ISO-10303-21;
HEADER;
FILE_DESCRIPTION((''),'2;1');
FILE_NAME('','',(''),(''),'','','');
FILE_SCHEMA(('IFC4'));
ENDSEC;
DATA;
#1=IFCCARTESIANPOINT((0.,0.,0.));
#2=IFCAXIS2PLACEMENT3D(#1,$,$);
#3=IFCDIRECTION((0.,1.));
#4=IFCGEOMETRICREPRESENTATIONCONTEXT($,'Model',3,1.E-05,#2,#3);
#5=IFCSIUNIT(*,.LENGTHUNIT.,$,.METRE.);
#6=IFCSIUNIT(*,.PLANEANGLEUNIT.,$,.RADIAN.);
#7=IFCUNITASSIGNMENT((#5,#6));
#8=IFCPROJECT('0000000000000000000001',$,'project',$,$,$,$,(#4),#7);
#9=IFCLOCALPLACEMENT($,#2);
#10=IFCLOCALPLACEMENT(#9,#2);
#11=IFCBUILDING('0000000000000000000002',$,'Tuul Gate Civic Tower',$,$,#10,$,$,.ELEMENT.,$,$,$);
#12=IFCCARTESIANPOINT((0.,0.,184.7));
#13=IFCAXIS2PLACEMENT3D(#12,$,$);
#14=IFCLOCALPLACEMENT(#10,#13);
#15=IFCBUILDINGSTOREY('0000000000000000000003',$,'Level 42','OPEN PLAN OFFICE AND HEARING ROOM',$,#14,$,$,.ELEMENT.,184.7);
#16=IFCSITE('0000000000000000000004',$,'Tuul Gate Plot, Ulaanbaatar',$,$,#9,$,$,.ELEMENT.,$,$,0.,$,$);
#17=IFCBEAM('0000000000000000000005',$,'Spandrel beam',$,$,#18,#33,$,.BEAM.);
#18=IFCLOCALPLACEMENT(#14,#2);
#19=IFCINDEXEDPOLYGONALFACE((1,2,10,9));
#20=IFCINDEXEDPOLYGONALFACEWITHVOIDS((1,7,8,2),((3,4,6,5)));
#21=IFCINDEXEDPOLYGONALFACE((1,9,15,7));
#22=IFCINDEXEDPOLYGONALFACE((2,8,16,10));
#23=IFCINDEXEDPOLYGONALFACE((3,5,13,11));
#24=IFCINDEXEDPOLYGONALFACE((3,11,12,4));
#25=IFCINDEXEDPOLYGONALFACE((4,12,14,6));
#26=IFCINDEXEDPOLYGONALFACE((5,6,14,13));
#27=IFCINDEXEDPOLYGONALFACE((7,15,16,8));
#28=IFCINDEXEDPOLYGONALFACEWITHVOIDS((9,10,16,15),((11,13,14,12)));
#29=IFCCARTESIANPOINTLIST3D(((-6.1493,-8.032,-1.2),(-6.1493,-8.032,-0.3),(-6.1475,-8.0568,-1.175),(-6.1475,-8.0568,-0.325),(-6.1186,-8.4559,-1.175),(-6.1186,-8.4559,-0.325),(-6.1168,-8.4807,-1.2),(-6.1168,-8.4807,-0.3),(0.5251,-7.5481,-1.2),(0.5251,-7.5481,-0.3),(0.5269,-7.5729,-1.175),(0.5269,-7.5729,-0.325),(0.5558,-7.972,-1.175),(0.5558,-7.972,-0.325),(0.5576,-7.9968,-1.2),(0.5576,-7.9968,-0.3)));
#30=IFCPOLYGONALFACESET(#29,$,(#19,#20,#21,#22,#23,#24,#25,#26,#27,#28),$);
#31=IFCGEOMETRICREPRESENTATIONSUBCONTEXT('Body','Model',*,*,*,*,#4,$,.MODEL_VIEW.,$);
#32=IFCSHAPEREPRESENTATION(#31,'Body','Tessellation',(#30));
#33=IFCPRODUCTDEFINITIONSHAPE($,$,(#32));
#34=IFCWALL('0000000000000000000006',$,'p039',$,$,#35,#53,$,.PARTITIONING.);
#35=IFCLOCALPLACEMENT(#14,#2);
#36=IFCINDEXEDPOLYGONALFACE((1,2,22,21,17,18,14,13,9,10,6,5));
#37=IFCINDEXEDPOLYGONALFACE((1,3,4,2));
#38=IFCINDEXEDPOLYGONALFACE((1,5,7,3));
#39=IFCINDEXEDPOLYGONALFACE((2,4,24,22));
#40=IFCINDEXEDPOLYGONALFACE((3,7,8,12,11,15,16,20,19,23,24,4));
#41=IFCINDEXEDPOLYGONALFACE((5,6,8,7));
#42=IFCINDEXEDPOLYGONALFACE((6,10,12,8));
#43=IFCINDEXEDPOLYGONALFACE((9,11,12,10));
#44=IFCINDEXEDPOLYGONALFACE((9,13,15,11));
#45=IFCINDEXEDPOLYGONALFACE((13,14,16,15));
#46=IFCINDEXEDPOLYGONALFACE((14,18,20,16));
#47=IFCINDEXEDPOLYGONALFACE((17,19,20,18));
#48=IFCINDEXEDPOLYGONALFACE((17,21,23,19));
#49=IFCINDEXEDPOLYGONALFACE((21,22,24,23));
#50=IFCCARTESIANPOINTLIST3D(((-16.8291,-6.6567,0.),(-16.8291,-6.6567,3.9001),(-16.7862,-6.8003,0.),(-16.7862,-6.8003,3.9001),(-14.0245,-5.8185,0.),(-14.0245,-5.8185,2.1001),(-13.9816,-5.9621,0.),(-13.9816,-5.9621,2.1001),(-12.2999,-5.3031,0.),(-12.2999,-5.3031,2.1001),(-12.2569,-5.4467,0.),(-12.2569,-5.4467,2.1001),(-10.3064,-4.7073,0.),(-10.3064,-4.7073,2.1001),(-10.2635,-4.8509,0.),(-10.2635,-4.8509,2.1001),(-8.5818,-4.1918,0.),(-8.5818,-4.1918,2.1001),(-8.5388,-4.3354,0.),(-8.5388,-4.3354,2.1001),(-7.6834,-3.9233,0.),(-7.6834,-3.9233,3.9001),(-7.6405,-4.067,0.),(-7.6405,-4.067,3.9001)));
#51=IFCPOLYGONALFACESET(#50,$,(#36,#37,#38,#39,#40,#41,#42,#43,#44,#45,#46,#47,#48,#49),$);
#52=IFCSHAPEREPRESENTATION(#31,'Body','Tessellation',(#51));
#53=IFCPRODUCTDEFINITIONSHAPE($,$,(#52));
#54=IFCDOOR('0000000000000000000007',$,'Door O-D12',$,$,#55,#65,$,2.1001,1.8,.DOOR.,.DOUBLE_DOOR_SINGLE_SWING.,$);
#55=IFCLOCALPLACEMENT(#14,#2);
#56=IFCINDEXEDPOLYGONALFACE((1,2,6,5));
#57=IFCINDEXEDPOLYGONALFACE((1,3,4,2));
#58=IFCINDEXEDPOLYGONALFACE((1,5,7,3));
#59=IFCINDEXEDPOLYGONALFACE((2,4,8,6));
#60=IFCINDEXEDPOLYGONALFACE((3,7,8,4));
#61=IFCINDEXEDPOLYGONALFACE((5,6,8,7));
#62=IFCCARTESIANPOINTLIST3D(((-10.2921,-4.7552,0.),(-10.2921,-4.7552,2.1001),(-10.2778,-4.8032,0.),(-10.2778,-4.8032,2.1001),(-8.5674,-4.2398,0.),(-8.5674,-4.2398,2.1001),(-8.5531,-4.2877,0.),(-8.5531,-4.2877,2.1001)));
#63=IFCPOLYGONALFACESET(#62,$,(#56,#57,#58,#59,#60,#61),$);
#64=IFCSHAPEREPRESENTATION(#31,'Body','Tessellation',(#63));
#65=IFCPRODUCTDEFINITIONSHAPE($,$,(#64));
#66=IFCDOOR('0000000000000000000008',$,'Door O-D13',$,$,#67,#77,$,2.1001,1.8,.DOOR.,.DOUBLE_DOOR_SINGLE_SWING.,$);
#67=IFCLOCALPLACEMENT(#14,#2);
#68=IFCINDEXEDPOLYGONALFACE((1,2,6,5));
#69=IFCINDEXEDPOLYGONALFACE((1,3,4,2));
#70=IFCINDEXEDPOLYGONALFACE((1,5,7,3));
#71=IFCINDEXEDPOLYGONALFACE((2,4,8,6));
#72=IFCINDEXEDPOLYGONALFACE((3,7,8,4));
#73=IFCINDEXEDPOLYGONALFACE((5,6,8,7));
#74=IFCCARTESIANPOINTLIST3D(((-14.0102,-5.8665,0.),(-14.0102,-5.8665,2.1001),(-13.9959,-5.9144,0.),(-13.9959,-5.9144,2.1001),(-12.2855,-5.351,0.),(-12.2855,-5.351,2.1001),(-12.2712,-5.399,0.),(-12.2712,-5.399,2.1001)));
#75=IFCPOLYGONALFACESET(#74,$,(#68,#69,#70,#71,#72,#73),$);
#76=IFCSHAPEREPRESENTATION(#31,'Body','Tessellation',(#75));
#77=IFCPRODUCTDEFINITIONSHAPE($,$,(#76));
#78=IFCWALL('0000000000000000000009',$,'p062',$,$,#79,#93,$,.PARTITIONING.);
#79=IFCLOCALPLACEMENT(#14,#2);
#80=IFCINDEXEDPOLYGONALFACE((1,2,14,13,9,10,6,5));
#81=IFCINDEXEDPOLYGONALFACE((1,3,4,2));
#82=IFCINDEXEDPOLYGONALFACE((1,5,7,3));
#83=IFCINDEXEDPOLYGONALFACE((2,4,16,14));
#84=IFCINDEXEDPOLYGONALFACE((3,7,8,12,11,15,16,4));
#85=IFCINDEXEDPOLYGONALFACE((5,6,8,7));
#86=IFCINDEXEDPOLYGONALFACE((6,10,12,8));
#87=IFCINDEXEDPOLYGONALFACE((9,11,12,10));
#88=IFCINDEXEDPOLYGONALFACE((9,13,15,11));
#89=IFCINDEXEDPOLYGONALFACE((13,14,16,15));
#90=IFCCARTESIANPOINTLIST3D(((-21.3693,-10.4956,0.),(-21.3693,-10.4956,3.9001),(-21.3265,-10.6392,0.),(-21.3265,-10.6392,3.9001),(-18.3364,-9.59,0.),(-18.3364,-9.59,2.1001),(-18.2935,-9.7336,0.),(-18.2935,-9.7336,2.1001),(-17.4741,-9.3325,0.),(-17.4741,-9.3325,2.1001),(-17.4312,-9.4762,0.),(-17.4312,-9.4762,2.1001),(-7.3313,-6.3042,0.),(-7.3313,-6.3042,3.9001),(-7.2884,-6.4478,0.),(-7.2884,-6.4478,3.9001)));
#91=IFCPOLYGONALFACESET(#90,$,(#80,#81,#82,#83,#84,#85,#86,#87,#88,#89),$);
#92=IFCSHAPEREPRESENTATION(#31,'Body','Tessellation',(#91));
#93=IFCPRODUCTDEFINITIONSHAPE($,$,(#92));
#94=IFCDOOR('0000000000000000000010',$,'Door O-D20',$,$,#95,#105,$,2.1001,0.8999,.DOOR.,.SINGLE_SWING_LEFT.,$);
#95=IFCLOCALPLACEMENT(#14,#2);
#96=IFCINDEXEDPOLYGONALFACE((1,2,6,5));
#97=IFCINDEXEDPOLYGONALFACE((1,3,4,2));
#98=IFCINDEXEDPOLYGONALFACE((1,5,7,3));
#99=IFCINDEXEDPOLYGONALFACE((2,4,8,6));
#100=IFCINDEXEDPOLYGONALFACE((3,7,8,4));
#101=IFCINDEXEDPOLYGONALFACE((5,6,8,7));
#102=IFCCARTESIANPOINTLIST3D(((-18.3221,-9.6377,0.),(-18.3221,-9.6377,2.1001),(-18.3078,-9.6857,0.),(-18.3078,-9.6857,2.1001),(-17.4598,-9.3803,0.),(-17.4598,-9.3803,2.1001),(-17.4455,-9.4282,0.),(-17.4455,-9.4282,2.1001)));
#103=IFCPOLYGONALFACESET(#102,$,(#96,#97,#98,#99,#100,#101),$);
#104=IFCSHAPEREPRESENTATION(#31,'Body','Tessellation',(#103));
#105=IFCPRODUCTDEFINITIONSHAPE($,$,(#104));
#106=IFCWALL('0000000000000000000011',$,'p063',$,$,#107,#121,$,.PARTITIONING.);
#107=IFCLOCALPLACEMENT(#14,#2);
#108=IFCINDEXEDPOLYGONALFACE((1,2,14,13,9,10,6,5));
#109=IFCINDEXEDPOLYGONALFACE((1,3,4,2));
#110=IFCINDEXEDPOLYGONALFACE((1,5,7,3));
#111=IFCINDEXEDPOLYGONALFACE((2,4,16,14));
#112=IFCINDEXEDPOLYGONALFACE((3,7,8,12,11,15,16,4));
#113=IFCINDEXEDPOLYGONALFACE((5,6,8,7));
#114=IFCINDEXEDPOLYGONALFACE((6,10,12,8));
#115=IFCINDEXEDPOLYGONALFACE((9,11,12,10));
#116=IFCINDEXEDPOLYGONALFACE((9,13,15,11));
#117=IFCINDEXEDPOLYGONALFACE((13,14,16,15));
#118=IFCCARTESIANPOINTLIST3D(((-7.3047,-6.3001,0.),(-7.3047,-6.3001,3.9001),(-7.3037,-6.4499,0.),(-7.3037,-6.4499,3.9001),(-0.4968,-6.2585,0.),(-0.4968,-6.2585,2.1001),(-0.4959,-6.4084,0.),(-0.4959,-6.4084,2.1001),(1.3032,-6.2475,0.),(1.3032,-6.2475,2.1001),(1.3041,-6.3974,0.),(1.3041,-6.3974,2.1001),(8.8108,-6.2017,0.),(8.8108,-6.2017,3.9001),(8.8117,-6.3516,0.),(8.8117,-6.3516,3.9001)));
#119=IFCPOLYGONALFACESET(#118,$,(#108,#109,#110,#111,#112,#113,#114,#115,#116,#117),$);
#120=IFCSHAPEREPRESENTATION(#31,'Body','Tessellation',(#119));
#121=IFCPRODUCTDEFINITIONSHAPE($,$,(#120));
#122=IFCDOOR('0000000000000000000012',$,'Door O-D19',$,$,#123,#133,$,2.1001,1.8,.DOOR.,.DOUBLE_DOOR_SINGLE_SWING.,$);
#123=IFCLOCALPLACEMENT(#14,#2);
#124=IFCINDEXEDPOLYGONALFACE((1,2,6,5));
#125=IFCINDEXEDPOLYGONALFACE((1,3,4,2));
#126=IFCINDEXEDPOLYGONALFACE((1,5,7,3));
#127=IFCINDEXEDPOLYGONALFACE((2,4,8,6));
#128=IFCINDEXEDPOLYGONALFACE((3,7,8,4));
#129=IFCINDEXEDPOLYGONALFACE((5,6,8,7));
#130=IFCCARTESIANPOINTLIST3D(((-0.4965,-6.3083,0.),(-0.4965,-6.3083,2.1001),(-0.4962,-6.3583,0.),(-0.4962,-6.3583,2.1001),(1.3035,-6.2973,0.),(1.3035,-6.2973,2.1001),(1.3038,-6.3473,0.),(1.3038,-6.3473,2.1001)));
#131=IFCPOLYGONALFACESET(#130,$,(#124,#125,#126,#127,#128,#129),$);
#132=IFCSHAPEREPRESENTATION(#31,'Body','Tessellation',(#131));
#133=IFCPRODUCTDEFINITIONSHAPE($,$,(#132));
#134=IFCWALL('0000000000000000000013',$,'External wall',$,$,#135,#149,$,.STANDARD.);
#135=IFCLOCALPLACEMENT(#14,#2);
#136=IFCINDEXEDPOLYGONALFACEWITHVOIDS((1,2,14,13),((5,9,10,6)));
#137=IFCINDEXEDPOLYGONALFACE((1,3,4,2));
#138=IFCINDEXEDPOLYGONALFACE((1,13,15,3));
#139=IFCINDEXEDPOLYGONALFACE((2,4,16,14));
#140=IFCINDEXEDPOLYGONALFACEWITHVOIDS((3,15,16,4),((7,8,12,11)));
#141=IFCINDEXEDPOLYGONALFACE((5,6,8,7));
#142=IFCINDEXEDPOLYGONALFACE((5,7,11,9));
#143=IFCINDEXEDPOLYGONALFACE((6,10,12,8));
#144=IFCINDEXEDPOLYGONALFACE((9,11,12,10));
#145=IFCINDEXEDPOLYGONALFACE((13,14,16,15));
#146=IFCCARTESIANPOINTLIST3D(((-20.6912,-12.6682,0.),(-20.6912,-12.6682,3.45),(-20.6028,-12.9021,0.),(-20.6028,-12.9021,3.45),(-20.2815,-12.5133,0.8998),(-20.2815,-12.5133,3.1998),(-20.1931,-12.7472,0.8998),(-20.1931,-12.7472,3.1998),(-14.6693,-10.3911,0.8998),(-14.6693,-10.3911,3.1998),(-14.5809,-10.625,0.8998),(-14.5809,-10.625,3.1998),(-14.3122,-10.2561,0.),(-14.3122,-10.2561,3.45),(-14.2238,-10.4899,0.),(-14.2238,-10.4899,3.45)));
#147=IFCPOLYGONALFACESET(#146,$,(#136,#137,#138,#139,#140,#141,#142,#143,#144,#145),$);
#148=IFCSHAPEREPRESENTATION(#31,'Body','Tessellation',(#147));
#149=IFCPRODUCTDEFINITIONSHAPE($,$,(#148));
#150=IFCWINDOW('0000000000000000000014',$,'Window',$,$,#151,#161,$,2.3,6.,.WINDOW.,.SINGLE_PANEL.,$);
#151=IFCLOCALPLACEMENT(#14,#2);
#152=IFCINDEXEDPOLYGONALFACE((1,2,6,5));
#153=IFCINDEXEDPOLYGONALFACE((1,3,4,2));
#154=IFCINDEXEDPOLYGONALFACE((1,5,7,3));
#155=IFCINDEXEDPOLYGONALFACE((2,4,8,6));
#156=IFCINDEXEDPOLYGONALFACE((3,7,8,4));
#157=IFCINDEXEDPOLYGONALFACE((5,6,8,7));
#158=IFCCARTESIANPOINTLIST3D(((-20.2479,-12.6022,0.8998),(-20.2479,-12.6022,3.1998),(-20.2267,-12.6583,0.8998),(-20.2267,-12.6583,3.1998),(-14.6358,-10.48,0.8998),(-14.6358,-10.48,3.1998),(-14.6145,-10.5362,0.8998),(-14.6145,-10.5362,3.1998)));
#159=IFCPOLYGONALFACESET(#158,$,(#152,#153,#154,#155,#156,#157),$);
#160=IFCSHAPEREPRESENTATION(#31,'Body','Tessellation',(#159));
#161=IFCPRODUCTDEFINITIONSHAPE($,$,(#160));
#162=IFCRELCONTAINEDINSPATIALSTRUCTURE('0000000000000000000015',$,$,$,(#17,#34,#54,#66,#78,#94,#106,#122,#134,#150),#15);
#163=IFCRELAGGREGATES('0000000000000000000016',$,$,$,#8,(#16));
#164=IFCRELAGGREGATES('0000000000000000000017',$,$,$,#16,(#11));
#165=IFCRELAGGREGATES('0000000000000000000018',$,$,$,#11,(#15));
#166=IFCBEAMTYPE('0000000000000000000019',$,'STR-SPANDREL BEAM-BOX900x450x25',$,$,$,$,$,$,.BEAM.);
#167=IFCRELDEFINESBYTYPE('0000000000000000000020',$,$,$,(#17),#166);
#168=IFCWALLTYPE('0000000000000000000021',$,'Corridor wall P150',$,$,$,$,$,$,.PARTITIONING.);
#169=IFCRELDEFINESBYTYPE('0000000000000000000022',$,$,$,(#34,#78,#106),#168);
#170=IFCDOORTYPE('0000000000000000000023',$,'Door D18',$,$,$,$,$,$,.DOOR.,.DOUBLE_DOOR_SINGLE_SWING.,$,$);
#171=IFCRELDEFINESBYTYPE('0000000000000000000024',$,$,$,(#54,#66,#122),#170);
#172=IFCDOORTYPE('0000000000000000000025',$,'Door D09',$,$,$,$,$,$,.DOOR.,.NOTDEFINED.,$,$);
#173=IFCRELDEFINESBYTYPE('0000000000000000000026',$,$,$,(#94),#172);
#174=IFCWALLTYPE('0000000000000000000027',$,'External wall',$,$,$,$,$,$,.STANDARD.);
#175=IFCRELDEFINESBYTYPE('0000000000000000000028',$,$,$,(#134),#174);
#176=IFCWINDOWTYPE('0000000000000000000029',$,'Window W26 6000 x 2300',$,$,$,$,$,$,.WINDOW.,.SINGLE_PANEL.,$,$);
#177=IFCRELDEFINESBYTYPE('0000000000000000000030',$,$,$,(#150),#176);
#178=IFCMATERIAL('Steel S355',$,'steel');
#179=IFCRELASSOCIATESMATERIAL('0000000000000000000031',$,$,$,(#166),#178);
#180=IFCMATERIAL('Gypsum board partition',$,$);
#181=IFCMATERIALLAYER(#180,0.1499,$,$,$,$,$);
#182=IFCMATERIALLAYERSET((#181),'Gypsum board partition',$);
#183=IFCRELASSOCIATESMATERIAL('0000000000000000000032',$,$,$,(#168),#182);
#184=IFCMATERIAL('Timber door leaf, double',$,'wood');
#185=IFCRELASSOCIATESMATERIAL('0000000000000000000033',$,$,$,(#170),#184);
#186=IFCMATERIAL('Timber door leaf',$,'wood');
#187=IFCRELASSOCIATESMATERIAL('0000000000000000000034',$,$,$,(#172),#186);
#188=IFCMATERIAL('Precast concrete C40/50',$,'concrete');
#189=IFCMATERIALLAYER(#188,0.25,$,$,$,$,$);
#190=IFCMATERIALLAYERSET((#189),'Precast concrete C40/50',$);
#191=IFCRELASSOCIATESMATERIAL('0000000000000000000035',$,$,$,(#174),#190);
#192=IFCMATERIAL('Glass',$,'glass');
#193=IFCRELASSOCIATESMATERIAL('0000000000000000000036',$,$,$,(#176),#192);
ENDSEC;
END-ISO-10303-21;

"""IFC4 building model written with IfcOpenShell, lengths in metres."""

from ifc_helpers import new_model, si_unit, direction, frame, frame_2d, origin, origin_2d, place, context, subcontext, project, spatial, rectangle, hollow_rectangle, extrude, material, layer, layer_set, material_profile, profile_set, type_object, element, fill, save


model = new_model("IFC4")

# Units and contexts
model_context = context("Model", 3, precision=1e-05, world=origin(), true_north=direction((0.0, 1.0)))
body_context = subcontext(model_context, "Body", "Model", "MODEL_VIEW")
ifc_project = project(units=[si_unit("LENGTHUNIT", "METRE"), si_unit("PLANEANGLEUNIT", "RADIAN")], contexts=[model_context])

# Site, building, storey
site_placement = place(None, origin())
site = spatial("IfcSite", under=ifc_project, at=site_placement, Name="Tuul Gate Plot, Ulaanbaatar", CompositionType="ELEMENT", RefElevation=0.0)
building_placement = place(site_placement, origin())
building = spatial("IfcBuilding", under=site, at=building_placement, Name="Tuul Gate Civic Tower", CompositionType="ELEMENT")
storey_placement = place(building_placement, frame((0.0, 0.0, 184.7)))
storey = spatial("IfcBuildingStorey", under=building, at=storey_placement, Name="Level 42", Description="OPEN PLAN OFFICE AND HEARING ROOM", CompositionType="ELEMENT", Elevation=184.7)

# Beam
ifc_material_1 = material(Name="Steel S355", Category="steel")
ifc_material_profile_1 = material_profile(ifc_material_1, hollow_rectangle(XDim=0.45, YDim=0.8999, WallThickness=0.0249, at=origin_2d()), Name="BOX900x450x25")
ifc_profile_set_1 = profile_set([ifc_material_profile_1], Name="Steel S355")
beam_type_1 = type_object("IfcBeamType", Name="STR-SPANDREL BEAM-BOX900x450x25", PredefinedType="BEAM", material=ifc_profile_set_1)
beam_1_placement = place(storey_placement, frame((-6.1331, -8.2563, -0.75), z_axis=(0.997382, 0.07231, 0.0), x_axis=(-0.07231, 0.997382, 0.0)))
element("IfcBeam", 1, at=beam_1_placement, inside=storey, type_object=beam_type_1, Name="Spandrel beam", PredefinedType="BEAM", context=body_context, shape_type="SweptSolid", body=[
    extrude(hollow_rectangle(XDim=0.45, YDim=0.8999, WallThickness=0.0249, at=origin_2d()), origin(), (0.0, 0.0, 1.0), 6.6919),
])

# Wall, openings, doors
ifc_material_2 = material(Name="Gypsum board partition")
ifc_layer_1 = layer(ifc_material_2, 0.1499)
ifc_layer_set_1 = layer_set([ifc_layer_1], Name="Gypsum board partition")
wall_type_1 = type_object("IfcWallType", Name="Corridor wall P150", PredefinedType="PARTITIONING", material=ifc_layer_set_1)
wall_1_placement = place(storey_placement, frame((-16.8076, -6.7285, 0.0), z_axis=(0.0, 0.0, 1.0), x_axis=(0.958124, 0.286355, 0.0)))
wall_1 = element("IfcWall", 2, at=wall_1_placement, inside=storey, type_object=wall_type_1, Name="p039", PredefinedType="PARTITIONING", context=body_context, shape_type="SweptSolid", body=[
    extrude(rectangle(XDim=9.5454, YDim=0.1499, at=frame_2d((4.7727, 0.0))), origin(), (0.0, 0.0, 1.0), 3.9001),
])
opening_1_placement = place(wall_1_placement, frame((6.8079, 0.0, 0.0)))
opening_1 = element("IfcOpeningElement", 3, at=opening_1_placement, cuts=wall_1, PredefinedType="OPENING", context=body_context, shape_type="SweptSolid", body=[
    extrude(rectangle(XDim=1.8, YDim=2.1001, at=frame_2d((0.8999, 1.05))), frame((0.0, 0.085, 0.0), z_axis=(0.0, -1.0, 0.0), x_axis=(1.0, 0.0, 0.0)), (0.0, 0.0, 1.0), 0.1699),
])
opening_2_placement = place(wall_1_placement, frame((2.9272, 0.0, 0.0)))
opening_2 = element("IfcOpeningElement", 4, at=opening_2_placement, cuts=wall_1, PredefinedType="OPENING", context=body_context, shape_type="SweptSolid", body=[
    extrude(rectangle(XDim=1.8, YDim=2.1001, at=frame_2d((0.8999, 1.05))), frame((0.0, 0.085, 0.0), z_axis=(0.0, -1.0, 0.0), x_axis=(1.0, 0.0, 0.0)), (0.0, 0.0, 1.0), 0.1699),
])
ifc_material_3 = material(Name="Timber door leaf, double", Category="wood")
door_type_1 = type_object("IfcDoorType", Name="Door D18", OperationType="DOUBLE_DOOR_SINGLE_SWING", PredefinedType="DOOR", material=ifc_material_3)
door_1_placement = place(opening_1_placement, origin())
door_1 = element("IfcDoor", 5, at=door_1_placement, inside=storey, type_object=door_type_1, Name="Door O-D12", OperationType="DOUBLE_DOOR_SINGLE_SWING", OverallHeight=2.1001, OverallWidth=1.8, PredefinedType="DOOR", context=body_context, shape_type="SweptSolid", body=[
    extrude(rectangle(XDim=1.8, YDim=2.1001, at=frame_2d((0.8999, 1.05))), frame((0.0, 0.0249, 0.0), z_axis=(0.0, -1.0, 0.0), x_axis=(1.0, 0.0, 0.0)), (0.0, 0.0, 1.0), 0.05),
])
fill(opening_1, door_1)
door_2_placement = place(opening_2_placement, origin())
door_2 = element("IfcDoor", 6, at=door_2_placement, inside=storey, type_object=door_type_1, Name="Door O-D13", OperationType="DOUBLE_DOOR_SINGLE_SWING", OverallHeight=2.1001, OverallWidth=1.8, PredefinedType="DOOR", context=body_context, shape_type="SweptSolid", body=[
    extrude(rectangle(XDim=1.8, YDim=2.1001, at=frame_2d((0.8999, 1.05))), frame((0.0, 0.0249, 0.0), z_axis=(0.0, -1.0, 0.0), x_axis=(1.0, 0.0, 0.0)), (0.0, 0.0, 1.0), 0.05),
])
fill(opening_2, door_2)

# Walls, openings, doors
wall_2_placement = place(storey_placement, frame((-21.3479, -10.5674, 0.0), z_axis=(0.0, 0.0, 1.0), x_axis=(0.958202, 0.286094, 0.0)))
wall_2 = element("IfcWall", 7, at=wall_2_placement, inside=storey, type_object=wall_type_1, Name="p062", PredefinedType="PARTITIONING", context=body_context, shape_type="SweptSolid", body=[
    extrude(rectangle(XDim=14.6504, YDim=0.1499, at=frame_2d((7.3252, 0.0))), origin(), (0.0, 0.0, 1.0), 3.9001),
])
opening_3_placement = place(wall_2_placement, frame((3.1653, 0.0, 0.0)))
opening_3 = element("IfcOpeningElement", 8, at=opening_3_placement, cuts=wall_2, PredefinedType="OPENING", context=body_context, shape_type="SweptSolid", body=[
    extrude(rectangle(XDim=0.8999, YDim=2.1001, at=frame_2d((0.45, 1.05))), frame((0.0, 0.085, 0.0), z_axis=(0.0, -1.0, 0.0), x_axis=(1.0, 0.0, 0.0)), (0.0, 0.0, 1.0), 0.1699),
])
ifc_material_4 = material(Name="Timber door leaf", Category="wood")
door_type_2 = type_object("IfcDoorType", Name="Door D09", OperationType="NOTDEFINED", PredefinedType="DOOR", material=ifc_material_4)
door_3_placement = place(opening_3_placement, frame((0.8999, 0.0, 0.0), z_axis=(0.0, 0.0, 1.0), x_axis=(-1.0, 0.0, 0.0)))
door_3 = element("IfcDoor", 9, at=door_3_placement, inside=storey, type_object=door_type_2, Name="Door O-D20", OperationType="SINGLE_SWING_LEFT", OverallHeight=2.1001, OverallWidth=0.8999, PredefinedType="DOOR", context=body_context, shape_type="SweptSolid", body=[
    extrude(rectangle(XDim=0.8999, YDim=2.1001, at=frame_2d((0.45, 1.05))), frame((0.0, 0.0249, 0.0), z_axis=(0.0, -1.0, 0.0), x_axis=(1.0, 0.0, 0.0)), (0.0, 0.0, 1.0), 0.05),
])
fill(opening_3, door_3)
wall_3_placement = place(storey_placement, frame((-7.3042, -6.375, 0.0), z_axis=(0.0, 0.0, 1.0), x_axis=(0.999981, 0.006105, 0.0)))
wall_3 = element("IfcWall", 10, at=wall_3_placement, inside=storey, type_object=wall_type_1, Name="p063", PredefinedType="PARTITIONING", context=body_context, shape_type="SweptSolid", body=[
    extrude(rectangle(XDim=16.1157, YDim=0.1499, at=frame_2d((8.0579, 0.0))), origin(), (0.0, 0.0, 1.0), 3.9001),
])
opening_4_placement = place(wall_3_placement, frame((6.8081, 0.0, 0.0)))
opening_4 = element("IfcOpeningElement", 11, at=opening_4_placement, cuts=wall_3, PredefinedType="OPENING", context=body_context, shape_type="SweptSolid", body=[
    extrude(rectangle(XDim=1.8, YDim=2.1001, at=frame_2d((0.8999, 1.05))), frame((0.0, 0.085, 0.0), z_axis=(0.0, -1.0, 0.0), x_axis=(1.0, 0.0, 0.0)), (0.0, 0.0, 1.0), 0.1699),
])
door_4_placement = place(opening_4_placement, frame((1.8, 0.0, 0.0), z_axis=(0.0, 0.0, 1.0), x_axis=(-1.0, 0.0, 0.0)))
door_4 = element("IfcDoor", 12, at=door_4_placement, inside=storey, type_object=door_type_1, Name="Door O-D19", OperationType="DOUBLE_DOOR_SINGLE_SWING", OverallHeight=2.1001, OverallWidth=1.8, PredefinedType="DOOR", context=body_context, shape_type="SweptSolid", body=[
    extrude(rectangle(XDim=1.8, YDim=2.1001, at=frame_2d((0.9001, 1.05))), frame((0.0, 0.0249, 0.0), z_axis=(0.0, -1.0, 0.0), x_axis=(1.0, 0.0, 0.0)), (0.0, 0.0, 1.0), 0.05),
])
fill(opening_4, door_4)

# Wall, opening, window
ifc_material_5 = material(Name="Precast concrete C40/50", Category="concrete")
ifc_layer_2 = layer(ifc_material_5, 0.25)
ifc_layer_set_2 = layer_set([ifc_layer_2], Name="Precast concrete C40/50")
wall_type_2 = type_object("IfcWallType", Name="External wall", PredefinedType="STANDARD", material=ifc_layer_set_2)
wall_4_placement = place(storey_placement, frame((-20.647, -12.7852, 0.0), z_axis=(0.0, 0.0, 1.0), x_axis=(0.935361, 0.353696, 0.0)))
wall_4 = element("IfcWall", 13, at=wall_4_placement, inside=storey, type_object=wall_type_2, Name="External wall", PredefinedType="STANDARD", context=body_context, shape_type="SweptSolid", body=[
    extrude(rectangle(XDim=6.8198, YDim=0.25, at=frame_2d((3.4099, 0.0))), origin(), (0.0, 0.0, 1.0), 3.45),
])
opening_5_placement = place(wall_4_placement, frame((0.438, 0.0, 0.8999)))
opening_5 = element("IfcOpeningElement", 14, at=opening_5_placement, cuts=wall_4, PredefinedType="OPENING", context=body_context, shape_type="SweptSolid", body=[
    extrude(rectangle(XDim=6.0, YDim=2.3, at=frame_2d((3.0, 1.1499))), frame((0.0, 0.135, 0.0), z_axis=(0.0, -1.0, 0.0), x_axis=(1.0, 0.0, 0.0)), (0.0, 0.0, 1.0), 0.27),
])
ifc_material_6 = material(Name="Glass", Category="glass")
window_type = type_object("IfcWindowType", Name="Window W26 6000 x 2300", PartitioningType="SINGLE_PANEL", PredefinedType="WINDOW", material=ifc_material_6)
window_1_placement = place(opening_5_placement, origin())
window_1 = element("IfcWindow", 15, at=window_1_placement, inside=storey, type_object=window_type, Name="Window", OverallHeight=2.3, OverallWidth=6.0, PartitioningType="SINGLE_PANEL", PredefinedType="WINDOW", context=body_context, shape_type="SweptSolid", body=[
    extrude(rectangle(XDim=6.0, YDim=2.3, at=frame_2d((3.0, 1.1499))), frame((0.0, 0.03, 0.0), z_axis=(0.0, -1.0, 0.0), x_axis=(1.0, 0.0, 0.0)), (0.0, 0.0, 1.0), 0.0601),
])
fill(opening_5, window_1)

save(model, "model.ifc")
